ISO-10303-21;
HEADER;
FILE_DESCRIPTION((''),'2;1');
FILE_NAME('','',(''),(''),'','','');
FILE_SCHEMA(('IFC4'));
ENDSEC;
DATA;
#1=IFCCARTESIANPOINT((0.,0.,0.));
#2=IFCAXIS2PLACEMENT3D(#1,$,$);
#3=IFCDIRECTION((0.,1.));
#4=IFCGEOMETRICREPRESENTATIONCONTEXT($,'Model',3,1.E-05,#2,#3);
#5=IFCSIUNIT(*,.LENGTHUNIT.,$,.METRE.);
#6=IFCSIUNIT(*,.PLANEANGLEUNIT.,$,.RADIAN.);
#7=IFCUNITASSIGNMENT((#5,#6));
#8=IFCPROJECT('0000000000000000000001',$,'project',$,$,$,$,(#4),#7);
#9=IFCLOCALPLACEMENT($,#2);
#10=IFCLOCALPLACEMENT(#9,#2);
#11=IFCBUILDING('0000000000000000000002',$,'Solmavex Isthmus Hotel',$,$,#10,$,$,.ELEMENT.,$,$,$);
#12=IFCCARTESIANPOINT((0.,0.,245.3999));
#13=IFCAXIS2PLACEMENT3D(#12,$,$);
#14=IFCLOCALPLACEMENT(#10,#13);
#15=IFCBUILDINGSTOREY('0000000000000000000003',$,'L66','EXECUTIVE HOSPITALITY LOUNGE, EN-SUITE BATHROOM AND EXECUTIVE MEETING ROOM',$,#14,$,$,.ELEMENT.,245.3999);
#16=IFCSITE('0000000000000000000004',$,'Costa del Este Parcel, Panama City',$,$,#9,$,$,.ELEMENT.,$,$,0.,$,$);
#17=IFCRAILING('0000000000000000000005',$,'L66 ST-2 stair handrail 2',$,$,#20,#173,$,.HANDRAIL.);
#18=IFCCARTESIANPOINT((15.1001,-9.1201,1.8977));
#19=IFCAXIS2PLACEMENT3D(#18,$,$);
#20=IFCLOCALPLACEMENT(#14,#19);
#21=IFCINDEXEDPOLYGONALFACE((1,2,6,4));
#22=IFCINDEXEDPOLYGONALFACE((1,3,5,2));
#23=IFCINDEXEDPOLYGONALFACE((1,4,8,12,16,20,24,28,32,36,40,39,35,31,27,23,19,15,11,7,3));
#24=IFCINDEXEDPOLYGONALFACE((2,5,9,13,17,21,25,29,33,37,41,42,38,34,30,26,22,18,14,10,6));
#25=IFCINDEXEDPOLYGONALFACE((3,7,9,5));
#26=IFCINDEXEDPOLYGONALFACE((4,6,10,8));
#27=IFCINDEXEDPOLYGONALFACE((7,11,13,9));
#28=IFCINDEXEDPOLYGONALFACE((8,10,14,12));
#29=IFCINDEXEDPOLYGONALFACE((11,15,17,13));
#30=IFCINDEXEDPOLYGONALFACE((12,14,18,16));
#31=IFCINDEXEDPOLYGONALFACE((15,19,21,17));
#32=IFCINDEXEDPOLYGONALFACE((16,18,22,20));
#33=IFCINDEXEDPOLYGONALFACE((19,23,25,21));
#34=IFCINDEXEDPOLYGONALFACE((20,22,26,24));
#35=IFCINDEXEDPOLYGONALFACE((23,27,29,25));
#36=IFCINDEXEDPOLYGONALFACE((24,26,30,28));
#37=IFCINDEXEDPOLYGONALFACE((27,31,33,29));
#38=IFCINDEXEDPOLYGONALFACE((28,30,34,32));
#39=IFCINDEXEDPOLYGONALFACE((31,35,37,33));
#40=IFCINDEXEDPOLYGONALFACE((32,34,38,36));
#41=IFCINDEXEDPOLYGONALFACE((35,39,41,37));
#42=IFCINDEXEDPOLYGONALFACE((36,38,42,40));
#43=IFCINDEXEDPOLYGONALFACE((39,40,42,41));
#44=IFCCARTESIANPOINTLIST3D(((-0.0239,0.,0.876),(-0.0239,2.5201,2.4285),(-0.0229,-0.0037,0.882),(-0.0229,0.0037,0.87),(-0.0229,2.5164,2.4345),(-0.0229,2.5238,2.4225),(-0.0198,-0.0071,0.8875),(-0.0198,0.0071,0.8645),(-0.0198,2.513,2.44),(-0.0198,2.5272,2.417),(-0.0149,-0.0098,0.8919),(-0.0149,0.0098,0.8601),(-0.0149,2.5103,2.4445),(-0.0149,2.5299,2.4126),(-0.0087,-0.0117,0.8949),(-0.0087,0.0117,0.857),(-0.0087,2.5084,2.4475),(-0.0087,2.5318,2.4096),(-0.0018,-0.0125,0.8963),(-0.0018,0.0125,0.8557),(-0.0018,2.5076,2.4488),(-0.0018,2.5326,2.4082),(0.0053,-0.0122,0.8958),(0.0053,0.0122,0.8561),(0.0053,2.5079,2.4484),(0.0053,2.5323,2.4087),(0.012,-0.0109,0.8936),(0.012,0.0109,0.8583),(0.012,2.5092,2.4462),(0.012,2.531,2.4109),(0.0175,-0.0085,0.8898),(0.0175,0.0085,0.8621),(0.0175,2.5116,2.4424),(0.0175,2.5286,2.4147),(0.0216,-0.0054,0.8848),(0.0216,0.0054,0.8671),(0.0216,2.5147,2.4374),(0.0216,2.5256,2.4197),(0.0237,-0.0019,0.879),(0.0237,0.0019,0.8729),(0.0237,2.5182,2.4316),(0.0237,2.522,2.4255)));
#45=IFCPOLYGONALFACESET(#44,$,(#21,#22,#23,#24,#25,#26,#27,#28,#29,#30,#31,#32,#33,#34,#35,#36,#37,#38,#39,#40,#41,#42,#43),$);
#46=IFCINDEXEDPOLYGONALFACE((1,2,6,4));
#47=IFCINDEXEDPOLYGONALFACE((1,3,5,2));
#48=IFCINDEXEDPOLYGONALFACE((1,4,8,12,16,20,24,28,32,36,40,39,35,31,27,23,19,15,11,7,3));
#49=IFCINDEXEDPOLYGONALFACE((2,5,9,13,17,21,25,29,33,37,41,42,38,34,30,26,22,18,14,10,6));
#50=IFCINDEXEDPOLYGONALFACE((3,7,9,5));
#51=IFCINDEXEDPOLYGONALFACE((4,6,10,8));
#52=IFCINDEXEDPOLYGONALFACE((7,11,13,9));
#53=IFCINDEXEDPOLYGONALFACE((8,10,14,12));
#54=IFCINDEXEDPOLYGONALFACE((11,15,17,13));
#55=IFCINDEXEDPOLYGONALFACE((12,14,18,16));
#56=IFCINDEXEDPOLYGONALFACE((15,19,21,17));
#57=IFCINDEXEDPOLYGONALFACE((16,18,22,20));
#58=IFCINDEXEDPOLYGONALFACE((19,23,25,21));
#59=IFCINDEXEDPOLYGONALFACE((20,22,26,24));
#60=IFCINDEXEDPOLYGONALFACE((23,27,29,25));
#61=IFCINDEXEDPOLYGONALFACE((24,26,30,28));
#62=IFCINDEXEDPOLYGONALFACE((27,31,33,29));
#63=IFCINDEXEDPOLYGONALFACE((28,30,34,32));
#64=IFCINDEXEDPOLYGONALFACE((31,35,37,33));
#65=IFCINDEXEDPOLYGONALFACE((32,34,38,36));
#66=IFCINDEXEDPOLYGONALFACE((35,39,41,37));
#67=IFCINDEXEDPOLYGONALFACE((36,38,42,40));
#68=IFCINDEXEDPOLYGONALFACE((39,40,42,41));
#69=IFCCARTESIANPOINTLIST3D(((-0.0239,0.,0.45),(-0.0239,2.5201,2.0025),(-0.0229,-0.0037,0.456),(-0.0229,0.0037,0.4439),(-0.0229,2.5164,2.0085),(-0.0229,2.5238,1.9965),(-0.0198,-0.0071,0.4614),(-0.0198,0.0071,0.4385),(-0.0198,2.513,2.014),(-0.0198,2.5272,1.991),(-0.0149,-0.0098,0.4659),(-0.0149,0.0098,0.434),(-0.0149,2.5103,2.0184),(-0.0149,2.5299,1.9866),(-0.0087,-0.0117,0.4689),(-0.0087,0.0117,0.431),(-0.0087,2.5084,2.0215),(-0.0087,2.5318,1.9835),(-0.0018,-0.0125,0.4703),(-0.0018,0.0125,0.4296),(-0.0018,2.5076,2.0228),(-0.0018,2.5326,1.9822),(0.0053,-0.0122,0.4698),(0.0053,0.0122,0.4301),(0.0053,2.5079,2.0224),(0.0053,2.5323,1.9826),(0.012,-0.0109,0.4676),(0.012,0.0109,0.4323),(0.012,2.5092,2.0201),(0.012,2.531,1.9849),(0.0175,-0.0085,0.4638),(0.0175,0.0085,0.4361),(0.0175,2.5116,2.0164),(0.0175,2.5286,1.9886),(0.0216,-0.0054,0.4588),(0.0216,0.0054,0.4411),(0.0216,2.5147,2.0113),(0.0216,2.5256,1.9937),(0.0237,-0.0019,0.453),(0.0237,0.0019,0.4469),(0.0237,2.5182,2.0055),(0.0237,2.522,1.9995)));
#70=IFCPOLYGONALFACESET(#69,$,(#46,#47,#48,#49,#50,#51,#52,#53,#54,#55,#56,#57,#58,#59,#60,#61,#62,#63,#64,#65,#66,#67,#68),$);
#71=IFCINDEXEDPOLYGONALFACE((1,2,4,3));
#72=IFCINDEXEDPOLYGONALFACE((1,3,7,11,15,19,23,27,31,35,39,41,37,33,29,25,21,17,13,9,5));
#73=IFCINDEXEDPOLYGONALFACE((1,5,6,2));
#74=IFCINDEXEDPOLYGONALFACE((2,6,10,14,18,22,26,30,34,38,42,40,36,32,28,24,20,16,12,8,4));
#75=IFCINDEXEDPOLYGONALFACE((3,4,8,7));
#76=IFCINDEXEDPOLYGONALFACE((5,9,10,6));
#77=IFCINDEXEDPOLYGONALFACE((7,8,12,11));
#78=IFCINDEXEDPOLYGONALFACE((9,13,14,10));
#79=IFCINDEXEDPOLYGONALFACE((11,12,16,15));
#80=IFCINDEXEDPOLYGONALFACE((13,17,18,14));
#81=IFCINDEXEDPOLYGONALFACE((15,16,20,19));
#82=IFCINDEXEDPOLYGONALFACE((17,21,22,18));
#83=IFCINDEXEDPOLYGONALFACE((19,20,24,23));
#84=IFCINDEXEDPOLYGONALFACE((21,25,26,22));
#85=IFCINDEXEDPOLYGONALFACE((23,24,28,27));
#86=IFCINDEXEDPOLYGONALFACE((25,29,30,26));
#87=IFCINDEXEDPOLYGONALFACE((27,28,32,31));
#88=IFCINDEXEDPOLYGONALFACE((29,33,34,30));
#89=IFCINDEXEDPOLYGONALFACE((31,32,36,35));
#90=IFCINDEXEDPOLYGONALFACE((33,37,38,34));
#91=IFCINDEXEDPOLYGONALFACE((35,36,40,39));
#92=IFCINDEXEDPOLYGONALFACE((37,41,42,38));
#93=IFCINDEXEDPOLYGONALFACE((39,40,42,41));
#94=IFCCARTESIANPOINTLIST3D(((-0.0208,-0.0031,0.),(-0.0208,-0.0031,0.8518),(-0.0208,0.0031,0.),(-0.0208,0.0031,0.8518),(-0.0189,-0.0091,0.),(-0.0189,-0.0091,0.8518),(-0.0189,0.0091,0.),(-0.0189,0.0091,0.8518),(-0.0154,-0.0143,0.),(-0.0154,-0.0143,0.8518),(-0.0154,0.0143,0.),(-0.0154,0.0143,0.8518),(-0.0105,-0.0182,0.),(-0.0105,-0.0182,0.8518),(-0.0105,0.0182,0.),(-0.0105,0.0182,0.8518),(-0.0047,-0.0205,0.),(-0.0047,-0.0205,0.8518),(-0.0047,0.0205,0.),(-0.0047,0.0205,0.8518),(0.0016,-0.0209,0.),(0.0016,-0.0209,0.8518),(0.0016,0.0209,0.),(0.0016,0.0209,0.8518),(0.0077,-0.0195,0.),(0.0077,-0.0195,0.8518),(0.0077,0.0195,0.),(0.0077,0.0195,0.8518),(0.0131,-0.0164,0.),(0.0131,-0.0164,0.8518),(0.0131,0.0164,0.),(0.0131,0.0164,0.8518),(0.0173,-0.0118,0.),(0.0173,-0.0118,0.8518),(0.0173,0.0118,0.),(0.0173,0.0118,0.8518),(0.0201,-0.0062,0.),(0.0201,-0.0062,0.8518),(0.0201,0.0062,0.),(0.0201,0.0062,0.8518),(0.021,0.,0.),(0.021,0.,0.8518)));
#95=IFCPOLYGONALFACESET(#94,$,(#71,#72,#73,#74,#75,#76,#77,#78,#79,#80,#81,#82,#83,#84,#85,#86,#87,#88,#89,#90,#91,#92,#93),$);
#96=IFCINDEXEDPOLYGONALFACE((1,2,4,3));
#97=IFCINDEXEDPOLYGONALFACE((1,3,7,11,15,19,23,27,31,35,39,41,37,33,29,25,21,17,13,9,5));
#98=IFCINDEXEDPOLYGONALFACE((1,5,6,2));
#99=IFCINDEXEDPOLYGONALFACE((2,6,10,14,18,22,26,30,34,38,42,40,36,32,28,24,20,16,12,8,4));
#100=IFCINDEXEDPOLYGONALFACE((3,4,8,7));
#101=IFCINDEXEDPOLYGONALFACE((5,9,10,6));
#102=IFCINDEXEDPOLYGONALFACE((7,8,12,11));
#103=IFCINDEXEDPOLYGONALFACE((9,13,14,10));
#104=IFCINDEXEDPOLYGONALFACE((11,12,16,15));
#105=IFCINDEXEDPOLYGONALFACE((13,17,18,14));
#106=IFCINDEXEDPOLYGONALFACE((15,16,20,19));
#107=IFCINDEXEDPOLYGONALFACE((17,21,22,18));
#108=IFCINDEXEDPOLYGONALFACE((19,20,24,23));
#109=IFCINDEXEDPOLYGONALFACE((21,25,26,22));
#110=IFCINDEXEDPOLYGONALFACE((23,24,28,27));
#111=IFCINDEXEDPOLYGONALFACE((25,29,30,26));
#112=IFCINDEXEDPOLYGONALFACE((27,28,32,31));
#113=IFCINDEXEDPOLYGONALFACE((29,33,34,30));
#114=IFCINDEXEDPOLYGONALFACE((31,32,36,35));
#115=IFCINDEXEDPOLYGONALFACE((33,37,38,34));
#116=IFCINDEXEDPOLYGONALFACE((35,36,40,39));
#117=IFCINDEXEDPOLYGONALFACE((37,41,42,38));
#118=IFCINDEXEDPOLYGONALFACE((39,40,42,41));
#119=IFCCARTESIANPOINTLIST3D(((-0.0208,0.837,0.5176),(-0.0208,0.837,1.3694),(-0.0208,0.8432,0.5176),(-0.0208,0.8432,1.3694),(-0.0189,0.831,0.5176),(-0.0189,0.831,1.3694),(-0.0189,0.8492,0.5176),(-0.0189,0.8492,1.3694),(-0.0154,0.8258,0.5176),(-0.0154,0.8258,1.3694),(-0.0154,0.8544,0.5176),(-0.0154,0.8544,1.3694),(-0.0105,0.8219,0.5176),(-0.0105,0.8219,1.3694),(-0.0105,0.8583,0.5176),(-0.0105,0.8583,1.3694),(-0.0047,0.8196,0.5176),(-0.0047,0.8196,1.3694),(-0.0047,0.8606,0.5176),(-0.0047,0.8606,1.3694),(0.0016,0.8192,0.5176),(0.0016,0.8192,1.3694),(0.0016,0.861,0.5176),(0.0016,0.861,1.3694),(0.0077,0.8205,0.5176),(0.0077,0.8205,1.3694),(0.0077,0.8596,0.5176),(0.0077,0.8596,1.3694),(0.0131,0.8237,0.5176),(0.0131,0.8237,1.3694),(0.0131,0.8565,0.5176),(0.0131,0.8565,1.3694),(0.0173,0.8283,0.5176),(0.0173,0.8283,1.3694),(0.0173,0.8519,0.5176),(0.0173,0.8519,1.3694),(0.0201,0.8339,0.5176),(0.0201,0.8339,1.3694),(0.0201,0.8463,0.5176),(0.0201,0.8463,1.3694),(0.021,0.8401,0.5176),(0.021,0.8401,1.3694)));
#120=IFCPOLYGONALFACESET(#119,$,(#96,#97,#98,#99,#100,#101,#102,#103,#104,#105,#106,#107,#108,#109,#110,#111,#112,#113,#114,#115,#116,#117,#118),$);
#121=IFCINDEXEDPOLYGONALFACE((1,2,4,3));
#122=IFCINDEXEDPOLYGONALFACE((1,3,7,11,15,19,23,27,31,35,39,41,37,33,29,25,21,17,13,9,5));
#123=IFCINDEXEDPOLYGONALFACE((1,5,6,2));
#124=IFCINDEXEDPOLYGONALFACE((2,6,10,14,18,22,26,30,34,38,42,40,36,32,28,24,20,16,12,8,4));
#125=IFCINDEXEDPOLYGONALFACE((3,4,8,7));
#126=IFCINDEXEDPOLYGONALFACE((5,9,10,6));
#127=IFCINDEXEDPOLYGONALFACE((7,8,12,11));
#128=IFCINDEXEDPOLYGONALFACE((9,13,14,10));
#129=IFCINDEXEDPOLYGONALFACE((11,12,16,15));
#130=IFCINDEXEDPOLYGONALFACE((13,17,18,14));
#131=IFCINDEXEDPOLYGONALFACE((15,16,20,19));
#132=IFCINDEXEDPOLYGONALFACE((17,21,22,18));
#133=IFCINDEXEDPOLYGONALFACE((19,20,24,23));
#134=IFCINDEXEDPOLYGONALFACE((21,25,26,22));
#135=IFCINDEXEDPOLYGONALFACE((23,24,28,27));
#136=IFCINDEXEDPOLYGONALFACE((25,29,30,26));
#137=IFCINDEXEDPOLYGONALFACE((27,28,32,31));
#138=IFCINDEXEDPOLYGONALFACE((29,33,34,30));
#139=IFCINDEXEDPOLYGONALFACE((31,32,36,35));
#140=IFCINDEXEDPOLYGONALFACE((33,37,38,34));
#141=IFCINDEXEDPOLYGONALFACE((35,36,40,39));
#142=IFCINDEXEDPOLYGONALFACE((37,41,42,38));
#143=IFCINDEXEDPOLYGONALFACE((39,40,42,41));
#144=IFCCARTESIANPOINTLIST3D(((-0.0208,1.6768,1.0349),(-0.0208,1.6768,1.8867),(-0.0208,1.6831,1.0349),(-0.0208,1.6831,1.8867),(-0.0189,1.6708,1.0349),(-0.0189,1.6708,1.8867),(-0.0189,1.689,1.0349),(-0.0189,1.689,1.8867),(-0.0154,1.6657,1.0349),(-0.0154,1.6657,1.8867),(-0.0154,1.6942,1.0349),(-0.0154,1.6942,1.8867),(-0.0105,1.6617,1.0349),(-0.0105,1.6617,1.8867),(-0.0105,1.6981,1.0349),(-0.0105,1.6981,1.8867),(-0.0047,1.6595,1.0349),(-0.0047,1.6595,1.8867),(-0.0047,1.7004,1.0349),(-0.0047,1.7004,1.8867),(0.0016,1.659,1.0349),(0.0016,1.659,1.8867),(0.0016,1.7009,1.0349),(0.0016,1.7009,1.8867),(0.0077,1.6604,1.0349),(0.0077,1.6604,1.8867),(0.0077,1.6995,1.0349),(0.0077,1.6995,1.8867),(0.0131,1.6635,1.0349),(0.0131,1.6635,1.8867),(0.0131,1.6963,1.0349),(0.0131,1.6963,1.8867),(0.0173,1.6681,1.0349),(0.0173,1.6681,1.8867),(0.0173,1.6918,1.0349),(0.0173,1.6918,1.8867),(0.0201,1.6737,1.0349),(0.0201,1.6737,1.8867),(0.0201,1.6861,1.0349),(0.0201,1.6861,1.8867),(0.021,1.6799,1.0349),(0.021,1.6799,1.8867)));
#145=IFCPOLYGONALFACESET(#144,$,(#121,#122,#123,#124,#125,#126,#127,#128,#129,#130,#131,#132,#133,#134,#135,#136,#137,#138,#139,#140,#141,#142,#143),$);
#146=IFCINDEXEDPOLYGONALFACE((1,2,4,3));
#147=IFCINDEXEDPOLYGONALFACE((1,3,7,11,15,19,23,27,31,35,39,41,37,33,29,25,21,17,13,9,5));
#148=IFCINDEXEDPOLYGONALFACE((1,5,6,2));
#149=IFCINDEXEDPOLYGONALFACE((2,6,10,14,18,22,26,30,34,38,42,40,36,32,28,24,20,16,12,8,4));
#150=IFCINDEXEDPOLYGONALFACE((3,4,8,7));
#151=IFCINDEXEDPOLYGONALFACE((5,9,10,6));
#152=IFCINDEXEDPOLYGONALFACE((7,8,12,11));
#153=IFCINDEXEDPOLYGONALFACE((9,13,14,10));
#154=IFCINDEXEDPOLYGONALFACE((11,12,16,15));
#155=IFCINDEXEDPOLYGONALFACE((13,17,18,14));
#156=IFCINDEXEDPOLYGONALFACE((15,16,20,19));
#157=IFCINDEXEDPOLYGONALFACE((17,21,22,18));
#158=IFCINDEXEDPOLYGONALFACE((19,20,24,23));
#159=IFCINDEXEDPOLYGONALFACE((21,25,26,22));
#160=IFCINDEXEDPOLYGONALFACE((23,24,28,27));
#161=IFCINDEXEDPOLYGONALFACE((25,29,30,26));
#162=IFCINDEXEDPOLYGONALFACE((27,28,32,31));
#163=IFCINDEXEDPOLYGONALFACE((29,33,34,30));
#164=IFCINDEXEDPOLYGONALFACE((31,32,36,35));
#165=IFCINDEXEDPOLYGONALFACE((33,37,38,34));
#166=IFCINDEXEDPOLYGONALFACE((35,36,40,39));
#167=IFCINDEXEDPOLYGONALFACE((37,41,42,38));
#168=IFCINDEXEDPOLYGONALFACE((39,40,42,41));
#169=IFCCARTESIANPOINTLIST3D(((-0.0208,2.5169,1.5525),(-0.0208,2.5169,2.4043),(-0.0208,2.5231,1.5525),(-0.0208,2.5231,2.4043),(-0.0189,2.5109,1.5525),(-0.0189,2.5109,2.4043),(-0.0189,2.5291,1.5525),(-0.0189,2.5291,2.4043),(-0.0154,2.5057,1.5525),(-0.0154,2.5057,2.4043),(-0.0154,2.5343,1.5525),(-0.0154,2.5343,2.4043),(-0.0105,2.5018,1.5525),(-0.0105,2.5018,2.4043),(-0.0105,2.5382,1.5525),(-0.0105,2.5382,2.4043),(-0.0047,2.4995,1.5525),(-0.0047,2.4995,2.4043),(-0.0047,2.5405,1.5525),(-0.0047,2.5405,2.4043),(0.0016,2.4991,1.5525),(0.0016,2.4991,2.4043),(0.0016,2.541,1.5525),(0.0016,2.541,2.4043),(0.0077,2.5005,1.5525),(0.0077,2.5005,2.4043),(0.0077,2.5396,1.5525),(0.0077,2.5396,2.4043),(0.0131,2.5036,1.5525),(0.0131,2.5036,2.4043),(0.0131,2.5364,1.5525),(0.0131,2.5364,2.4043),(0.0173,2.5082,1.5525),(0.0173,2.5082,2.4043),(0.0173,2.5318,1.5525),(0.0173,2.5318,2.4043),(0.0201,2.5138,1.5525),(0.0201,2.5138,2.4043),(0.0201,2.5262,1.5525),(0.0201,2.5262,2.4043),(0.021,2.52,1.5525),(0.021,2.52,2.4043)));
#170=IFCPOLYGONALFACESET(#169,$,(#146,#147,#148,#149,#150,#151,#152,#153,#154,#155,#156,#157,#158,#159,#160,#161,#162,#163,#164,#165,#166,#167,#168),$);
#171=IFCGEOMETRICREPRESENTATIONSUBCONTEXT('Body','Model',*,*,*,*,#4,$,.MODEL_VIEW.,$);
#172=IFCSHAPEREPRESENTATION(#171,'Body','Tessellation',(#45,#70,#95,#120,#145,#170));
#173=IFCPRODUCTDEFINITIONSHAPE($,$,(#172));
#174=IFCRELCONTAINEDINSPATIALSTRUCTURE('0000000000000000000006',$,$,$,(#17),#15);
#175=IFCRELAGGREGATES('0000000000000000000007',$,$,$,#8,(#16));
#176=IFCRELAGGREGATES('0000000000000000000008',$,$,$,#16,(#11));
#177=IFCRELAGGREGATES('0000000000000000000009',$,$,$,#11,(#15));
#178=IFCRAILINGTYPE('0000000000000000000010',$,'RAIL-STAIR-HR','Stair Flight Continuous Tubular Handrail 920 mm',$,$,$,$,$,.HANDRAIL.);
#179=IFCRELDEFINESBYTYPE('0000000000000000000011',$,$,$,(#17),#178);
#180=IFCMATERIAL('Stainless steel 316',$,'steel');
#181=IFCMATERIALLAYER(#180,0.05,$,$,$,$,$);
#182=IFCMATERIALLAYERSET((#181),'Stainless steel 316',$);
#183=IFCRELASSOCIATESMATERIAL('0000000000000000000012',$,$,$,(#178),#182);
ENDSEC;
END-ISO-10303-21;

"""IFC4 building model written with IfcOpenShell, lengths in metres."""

from ifc_helpers import new_model, si_unit, direction, frame, origin, origin_2d, place, context, subcontext, project, spatial, circle, extrude, material, layer, layer_set, type_object, element, save


model = new_model("IFC4")

# Units and contexts
model_context = context("Model", 3, precision=1e-05, world=origin(), true_north=direction((0.0, 1.0)))
body_context = subcontext(model_context, "Body", "Model", "MODEL_VIEW")
ifc_project = project(units=[si_unit("LENGTHUNIT", "METRE"), si_unit("PLANEANGLEUNIT", "RADIAN")], contexts=[model_context])

# Site, building, storey
site_placement = place(None, origin())
site = spatial("IfcSite", under=ifc_project, at=site_placement, Name="Costa del Este Parcel, Panama City", CompositionType="ELEMENT", RefElevation=0.0)
building_placement = place(site_placement, origin())
building = spatial("IfcBuilding", under=site, at=building_placement, Name="Solmavex Isthmus Hotel", CompositionType="ELEMENT")
storey_placement = place(building_placement, frame((0.0, 0.0, 245.3999)))
storey = spatial("IfcBuildingStorey", under=building, at=storey_placement, Name="L66", Description="EXECUTIVE HOSPITALITY LOUNGE, EN-SUITE BATHROOM AND EXECUTIVE MEETING ROOM", CompositionType="ELEMENT", Elevation=245.3999)

# Railing
ifc_material_1 = material(Name="Stainless steel 316", Category="steel")
ifc_layer_1 = layer(ifc_material_1, 0.05)
ifc_layer_set_1 = layer_set([ifc_layer_1], Name="Stainless steel 316")
railing_type_1 = type_object("IfcRailingType", Name="RAIL-STAIR-HR", Description="Stair Flight Continuous Tubular Handrail 920 mm", PredefinedType="HANDRAIL", material=ifc_layer_set_1)
railing_1_placement = place(storey_placement, frame((15.1001, -9.1201, 1.8977)))
element("IfcRailing", 1, at=railing_1_placement, inside=storey, type_object=railing_type_1, Name="L66 ST-2 stair handrail 2", PredefinedType="HANDRAIL", context=body_context, shape_type="SweptSolid", body=[
    extrude(circle(Radius=0.0239, at=origin_2d()), frame((0.0, 0.0, 0.876), z_axis=(0.0, 0.8514, 0.524516), x_axis=(-1.0, 0.0, 0.0)), (0.0, 0.0, 1.0), 2.96),
    extrude(circle(Radius=0.0239, at=origin_2d()), frame((0.0, 0.0, 0.45), z_axis=(0.0, 0.8514, 0.524516), x_axis=(-1.0, 0.0, 0.0)), (0.0, 0.0, 1.0), 2.96),
    extrude(circle(Radius=0.021, at=origin_2d()), origin(), (0.0, 0.0, 1.0), 0.8518),
    extrude(circle(Radius=0.021, at=origin_2d()), frame((0.0, 0.8401, 0.5176)), (0.0, 0.0, 1.0), 0.8518),
    extrude(circle(Radius=0.021, at=origin_2d()), frame((0.0, 1.6799, 1.0349)), (0.0, 0.0, 1.0), 0.8518),
    extrude(circle(Radius=0.021, at=origin_2d()), frame((0.0, 2.52, 1.5525)), (0.0, 0.0, 1.0), 0.8518),
])

save(model, "model.ifc")
